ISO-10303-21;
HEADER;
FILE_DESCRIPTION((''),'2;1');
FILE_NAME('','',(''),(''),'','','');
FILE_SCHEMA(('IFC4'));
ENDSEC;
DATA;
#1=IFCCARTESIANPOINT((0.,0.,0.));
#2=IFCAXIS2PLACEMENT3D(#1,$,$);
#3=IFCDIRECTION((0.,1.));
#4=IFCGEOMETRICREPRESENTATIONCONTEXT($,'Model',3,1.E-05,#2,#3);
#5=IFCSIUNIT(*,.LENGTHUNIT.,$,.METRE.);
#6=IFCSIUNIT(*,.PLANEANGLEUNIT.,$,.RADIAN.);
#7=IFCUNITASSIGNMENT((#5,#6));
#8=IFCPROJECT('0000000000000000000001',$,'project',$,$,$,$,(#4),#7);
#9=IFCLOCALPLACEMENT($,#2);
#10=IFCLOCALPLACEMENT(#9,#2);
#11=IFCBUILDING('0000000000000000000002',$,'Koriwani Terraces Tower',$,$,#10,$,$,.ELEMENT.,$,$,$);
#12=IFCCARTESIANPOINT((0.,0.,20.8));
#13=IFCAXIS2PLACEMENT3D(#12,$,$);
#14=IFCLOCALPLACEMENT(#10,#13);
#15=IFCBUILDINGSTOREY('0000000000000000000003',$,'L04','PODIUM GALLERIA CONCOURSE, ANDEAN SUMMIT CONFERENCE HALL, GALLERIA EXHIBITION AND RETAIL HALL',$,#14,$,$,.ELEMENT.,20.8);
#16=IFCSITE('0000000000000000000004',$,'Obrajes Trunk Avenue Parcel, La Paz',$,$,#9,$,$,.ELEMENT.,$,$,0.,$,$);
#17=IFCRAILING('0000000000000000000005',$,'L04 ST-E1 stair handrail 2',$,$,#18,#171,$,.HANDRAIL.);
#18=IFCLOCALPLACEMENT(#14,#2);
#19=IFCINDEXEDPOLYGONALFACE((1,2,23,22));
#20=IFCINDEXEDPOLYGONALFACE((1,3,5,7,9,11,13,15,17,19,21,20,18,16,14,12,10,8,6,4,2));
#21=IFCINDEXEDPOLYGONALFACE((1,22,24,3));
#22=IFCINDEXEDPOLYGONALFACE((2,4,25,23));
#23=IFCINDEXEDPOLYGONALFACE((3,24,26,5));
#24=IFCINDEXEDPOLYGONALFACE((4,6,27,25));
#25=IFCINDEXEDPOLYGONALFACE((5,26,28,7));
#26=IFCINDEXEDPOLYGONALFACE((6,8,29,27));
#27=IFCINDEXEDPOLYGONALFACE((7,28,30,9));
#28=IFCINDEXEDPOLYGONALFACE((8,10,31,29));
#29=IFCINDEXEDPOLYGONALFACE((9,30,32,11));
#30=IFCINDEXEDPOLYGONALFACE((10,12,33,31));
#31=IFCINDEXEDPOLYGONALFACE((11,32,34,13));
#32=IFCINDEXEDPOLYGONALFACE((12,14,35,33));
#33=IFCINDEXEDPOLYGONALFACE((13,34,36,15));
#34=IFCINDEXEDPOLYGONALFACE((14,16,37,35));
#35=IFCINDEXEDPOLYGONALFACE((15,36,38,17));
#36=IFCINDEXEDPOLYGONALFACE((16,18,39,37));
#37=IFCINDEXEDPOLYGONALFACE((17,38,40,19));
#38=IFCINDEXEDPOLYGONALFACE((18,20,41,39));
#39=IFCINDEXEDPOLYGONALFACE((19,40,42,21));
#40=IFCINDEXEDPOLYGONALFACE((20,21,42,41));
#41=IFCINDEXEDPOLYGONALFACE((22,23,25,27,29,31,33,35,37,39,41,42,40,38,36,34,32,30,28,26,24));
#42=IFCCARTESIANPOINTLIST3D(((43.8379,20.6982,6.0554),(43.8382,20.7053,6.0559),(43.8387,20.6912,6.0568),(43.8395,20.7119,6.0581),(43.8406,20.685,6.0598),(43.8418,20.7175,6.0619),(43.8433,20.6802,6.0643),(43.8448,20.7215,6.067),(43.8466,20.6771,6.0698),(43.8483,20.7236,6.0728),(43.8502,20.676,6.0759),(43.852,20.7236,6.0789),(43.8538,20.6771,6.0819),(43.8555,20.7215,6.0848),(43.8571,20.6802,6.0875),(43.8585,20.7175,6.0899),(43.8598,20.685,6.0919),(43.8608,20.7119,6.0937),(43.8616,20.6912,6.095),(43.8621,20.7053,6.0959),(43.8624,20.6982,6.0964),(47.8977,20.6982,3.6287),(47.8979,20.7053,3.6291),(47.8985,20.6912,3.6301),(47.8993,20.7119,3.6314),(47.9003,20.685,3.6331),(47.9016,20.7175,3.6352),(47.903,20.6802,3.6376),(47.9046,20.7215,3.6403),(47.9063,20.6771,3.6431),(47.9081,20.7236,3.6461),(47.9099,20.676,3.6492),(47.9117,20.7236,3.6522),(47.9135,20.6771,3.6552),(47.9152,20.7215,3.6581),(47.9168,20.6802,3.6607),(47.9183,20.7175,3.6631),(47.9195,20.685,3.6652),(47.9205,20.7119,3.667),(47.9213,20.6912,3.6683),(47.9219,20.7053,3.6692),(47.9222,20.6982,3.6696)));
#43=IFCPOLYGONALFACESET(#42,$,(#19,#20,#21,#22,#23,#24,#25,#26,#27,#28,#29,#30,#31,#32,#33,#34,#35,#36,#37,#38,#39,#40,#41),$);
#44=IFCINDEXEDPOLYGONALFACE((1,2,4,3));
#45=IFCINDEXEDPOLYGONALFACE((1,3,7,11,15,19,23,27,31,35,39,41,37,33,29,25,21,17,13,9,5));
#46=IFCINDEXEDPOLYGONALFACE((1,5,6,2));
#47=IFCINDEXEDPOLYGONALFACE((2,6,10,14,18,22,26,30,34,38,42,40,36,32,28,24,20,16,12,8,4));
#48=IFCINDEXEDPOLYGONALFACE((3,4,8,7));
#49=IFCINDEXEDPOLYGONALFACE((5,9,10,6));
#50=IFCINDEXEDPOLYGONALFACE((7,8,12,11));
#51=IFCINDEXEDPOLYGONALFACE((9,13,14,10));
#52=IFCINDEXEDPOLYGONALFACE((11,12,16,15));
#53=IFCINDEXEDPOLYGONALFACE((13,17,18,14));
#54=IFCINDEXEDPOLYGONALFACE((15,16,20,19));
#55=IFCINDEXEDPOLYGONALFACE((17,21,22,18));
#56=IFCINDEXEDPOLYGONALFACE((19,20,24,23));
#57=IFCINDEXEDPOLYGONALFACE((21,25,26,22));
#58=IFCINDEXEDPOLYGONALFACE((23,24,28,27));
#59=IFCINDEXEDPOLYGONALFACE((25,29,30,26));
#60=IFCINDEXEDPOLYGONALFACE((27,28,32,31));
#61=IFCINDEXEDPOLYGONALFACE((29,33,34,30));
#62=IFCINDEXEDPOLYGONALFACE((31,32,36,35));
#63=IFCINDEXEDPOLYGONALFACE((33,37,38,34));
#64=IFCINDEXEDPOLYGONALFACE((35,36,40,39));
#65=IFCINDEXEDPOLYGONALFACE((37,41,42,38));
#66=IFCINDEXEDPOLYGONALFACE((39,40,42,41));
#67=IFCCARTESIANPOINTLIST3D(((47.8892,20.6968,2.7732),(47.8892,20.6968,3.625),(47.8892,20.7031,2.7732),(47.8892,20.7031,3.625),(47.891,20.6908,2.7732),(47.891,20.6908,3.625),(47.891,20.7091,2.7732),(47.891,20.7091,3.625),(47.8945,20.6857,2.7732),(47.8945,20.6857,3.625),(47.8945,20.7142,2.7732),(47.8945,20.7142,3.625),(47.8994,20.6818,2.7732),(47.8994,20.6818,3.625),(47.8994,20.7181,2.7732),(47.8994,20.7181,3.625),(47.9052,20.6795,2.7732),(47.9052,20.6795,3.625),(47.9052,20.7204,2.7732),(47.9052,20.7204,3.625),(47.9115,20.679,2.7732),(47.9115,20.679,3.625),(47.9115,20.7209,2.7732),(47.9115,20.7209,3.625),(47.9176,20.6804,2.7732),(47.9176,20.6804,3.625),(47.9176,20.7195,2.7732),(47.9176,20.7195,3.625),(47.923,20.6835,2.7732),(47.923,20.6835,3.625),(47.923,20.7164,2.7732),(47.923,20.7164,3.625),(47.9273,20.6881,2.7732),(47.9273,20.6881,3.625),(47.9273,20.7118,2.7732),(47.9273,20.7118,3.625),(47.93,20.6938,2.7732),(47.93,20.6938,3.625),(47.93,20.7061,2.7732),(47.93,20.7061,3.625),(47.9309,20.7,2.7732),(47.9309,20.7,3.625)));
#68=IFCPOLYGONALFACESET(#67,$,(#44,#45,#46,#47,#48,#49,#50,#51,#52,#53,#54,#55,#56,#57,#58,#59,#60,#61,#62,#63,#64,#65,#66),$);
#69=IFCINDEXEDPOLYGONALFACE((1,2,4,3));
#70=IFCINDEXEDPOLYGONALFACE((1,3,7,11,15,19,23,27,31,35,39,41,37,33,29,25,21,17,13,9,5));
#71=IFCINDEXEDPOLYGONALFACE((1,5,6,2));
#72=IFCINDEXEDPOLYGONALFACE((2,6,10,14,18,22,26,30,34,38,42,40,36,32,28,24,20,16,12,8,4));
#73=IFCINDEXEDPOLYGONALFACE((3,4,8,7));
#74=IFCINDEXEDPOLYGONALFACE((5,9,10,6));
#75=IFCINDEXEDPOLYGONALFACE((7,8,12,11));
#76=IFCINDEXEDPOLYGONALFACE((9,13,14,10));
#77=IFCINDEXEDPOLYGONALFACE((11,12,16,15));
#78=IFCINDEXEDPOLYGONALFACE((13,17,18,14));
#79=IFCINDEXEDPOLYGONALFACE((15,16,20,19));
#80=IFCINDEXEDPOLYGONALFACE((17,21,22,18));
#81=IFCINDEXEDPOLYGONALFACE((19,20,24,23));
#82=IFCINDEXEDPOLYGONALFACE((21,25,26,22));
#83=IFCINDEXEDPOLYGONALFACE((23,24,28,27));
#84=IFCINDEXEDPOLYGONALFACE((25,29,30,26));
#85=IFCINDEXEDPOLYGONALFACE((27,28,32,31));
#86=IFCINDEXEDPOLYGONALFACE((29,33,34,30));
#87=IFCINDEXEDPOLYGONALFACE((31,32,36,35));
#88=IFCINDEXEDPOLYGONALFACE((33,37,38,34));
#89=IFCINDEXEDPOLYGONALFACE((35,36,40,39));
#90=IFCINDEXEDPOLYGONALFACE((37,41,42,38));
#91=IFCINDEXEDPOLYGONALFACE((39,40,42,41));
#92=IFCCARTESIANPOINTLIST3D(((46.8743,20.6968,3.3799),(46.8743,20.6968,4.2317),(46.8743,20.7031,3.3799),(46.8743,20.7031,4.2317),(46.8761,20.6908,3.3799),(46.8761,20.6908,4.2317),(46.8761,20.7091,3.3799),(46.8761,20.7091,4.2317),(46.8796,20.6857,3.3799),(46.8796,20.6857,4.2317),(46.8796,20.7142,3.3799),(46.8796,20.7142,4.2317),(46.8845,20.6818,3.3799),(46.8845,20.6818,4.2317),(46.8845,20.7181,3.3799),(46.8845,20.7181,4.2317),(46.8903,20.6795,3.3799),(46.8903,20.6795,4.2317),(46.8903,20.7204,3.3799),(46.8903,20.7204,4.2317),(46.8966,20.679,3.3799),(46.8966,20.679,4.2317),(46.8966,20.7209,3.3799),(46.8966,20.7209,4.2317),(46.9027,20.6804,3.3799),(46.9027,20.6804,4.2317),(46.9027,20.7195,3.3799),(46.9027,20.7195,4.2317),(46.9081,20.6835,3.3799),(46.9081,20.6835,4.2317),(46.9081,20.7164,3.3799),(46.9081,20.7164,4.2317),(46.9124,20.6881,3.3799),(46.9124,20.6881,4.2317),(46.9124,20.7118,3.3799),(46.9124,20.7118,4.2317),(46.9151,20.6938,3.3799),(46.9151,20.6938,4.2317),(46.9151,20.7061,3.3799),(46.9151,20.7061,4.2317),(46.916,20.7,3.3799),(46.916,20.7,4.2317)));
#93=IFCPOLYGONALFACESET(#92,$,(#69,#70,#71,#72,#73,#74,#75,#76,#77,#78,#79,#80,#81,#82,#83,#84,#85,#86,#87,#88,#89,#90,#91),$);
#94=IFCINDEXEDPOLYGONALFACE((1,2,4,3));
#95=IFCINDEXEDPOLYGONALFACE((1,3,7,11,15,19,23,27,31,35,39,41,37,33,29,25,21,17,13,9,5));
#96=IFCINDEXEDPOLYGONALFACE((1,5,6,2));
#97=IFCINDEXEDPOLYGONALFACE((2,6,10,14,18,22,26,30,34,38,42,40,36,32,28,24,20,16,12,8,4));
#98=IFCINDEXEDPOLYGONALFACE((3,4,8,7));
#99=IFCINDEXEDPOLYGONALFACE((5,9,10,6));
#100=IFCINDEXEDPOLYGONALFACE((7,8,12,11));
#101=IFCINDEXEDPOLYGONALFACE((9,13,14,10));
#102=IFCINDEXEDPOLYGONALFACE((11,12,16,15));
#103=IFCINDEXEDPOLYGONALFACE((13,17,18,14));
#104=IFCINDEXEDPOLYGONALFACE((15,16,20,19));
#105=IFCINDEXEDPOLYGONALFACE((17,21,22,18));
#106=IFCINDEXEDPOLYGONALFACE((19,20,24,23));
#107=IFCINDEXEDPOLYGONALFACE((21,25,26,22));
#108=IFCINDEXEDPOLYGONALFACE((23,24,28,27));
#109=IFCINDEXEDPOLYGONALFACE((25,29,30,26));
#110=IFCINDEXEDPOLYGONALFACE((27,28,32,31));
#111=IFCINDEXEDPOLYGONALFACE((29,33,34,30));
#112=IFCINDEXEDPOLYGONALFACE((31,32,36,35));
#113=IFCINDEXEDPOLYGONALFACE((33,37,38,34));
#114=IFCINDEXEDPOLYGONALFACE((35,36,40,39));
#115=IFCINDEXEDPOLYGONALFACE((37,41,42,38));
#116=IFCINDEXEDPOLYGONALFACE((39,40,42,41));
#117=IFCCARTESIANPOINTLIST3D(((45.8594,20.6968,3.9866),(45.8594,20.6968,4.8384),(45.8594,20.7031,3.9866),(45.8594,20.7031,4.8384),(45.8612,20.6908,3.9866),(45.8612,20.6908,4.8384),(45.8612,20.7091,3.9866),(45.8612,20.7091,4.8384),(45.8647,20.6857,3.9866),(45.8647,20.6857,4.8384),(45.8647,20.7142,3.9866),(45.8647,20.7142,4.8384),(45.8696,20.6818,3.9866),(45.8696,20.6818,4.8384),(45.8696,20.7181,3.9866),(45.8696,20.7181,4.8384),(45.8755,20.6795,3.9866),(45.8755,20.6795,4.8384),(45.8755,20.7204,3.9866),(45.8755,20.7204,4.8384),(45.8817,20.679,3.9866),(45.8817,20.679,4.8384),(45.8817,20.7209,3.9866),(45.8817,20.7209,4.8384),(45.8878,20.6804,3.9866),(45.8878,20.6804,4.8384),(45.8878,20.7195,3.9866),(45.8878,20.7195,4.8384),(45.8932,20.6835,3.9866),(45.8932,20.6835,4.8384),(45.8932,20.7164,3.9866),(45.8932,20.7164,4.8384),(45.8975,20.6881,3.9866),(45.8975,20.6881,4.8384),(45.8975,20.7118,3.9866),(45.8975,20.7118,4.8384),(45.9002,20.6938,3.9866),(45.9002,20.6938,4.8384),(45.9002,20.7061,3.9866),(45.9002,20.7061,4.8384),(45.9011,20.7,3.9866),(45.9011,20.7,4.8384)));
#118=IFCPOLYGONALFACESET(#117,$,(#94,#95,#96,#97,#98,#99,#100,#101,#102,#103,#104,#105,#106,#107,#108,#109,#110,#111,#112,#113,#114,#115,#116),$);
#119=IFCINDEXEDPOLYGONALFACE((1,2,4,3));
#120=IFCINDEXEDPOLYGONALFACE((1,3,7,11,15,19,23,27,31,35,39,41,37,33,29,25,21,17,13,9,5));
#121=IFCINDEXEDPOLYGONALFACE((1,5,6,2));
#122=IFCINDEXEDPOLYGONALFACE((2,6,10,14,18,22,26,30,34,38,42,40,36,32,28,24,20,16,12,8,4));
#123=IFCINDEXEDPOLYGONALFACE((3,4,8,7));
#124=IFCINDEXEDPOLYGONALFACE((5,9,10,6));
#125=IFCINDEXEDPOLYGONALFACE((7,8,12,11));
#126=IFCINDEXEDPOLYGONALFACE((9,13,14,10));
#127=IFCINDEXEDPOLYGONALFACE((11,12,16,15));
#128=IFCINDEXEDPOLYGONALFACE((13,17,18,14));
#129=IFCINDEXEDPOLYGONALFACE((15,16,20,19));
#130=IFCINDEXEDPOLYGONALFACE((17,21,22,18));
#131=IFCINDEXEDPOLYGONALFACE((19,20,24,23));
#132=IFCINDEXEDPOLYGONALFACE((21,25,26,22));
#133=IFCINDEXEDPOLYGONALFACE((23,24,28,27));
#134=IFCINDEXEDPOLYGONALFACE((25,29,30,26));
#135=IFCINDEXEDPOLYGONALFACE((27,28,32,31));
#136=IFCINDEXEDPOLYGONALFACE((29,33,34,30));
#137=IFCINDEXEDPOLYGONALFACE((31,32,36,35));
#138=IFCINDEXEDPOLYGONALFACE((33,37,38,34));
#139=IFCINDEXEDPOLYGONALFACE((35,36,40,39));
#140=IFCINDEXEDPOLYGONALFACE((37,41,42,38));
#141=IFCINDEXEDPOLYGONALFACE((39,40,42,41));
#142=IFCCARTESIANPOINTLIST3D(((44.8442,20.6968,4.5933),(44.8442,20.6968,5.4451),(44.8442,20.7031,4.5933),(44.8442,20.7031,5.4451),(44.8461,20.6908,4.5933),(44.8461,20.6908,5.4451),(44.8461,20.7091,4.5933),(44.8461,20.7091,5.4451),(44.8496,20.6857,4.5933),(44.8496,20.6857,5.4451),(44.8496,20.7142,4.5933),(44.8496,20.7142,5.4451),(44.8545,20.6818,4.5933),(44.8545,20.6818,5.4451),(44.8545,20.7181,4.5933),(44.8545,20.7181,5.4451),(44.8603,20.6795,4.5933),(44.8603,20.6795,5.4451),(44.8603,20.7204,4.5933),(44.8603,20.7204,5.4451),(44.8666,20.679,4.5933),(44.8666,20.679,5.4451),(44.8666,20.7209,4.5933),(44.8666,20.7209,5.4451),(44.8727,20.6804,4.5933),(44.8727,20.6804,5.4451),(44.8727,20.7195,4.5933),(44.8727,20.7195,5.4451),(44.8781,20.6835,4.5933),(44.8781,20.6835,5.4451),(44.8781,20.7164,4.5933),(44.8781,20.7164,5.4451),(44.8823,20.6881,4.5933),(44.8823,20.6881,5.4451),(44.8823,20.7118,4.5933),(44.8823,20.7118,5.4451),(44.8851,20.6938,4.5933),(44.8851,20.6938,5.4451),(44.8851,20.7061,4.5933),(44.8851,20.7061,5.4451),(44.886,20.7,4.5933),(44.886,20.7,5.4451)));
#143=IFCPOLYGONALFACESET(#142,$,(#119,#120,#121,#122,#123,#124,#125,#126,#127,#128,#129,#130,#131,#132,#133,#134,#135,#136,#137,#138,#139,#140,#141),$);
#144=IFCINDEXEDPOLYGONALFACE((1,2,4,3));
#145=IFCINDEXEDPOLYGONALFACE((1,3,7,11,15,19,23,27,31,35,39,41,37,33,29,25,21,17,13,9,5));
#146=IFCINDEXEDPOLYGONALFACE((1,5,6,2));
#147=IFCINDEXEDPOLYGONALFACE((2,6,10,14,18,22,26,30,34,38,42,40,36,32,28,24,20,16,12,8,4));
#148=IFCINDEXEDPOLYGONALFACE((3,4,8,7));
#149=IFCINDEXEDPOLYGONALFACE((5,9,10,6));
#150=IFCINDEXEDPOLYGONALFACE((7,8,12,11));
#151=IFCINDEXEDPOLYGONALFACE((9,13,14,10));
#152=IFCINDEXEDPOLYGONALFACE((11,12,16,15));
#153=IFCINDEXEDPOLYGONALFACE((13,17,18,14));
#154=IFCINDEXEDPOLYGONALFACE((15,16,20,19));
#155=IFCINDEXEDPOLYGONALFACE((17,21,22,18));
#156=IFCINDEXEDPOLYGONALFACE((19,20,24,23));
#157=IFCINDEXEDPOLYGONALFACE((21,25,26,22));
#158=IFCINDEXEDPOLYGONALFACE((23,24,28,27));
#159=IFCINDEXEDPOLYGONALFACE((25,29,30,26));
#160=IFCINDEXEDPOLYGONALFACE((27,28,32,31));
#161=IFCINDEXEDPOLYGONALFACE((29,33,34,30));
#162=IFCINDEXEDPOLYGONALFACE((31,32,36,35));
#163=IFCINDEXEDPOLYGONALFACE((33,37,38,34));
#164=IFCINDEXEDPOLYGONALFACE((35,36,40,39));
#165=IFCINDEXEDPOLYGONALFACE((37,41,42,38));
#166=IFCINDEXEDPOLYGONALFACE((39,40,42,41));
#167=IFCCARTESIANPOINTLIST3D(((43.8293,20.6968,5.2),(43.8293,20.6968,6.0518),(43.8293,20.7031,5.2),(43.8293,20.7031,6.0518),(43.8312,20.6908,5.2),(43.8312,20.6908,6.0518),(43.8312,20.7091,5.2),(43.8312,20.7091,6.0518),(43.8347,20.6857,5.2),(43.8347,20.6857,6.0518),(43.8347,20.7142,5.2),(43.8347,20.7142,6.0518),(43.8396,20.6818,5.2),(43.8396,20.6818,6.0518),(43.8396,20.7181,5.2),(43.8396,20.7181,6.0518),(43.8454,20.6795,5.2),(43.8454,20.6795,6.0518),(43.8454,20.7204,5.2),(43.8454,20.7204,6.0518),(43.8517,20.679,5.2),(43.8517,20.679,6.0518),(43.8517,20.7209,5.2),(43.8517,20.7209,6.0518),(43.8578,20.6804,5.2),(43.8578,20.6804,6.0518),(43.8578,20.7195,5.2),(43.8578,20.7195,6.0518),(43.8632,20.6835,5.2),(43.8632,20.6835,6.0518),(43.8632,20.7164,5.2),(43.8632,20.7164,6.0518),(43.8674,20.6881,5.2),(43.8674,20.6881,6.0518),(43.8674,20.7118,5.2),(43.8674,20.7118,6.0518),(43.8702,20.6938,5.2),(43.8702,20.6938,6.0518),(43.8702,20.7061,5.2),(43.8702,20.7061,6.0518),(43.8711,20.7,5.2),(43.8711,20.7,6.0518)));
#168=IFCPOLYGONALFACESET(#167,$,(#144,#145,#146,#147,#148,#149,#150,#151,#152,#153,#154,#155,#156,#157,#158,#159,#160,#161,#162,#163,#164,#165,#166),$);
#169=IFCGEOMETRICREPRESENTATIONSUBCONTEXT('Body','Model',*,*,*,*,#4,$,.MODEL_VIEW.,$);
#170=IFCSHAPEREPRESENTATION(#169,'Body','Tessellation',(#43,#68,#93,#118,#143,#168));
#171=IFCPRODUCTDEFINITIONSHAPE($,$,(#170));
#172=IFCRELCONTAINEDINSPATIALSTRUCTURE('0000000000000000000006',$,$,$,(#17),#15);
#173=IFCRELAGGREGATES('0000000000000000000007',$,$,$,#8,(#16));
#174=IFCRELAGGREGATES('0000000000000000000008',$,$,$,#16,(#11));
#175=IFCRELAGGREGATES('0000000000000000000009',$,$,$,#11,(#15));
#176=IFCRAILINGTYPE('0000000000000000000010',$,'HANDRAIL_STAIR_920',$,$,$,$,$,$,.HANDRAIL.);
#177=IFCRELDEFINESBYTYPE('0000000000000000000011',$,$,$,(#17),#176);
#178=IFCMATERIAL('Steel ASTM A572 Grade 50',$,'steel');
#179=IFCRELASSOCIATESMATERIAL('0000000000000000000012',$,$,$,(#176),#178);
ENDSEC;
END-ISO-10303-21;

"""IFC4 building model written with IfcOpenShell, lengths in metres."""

from ifc_helpers import new_model, si_unit, direction, frame, origin, origin_2d, place, context, subcontext, project, spatial, circle, extrude, material, type_object, element, save


model = new_model("IFC4")

# Units and contexts
model_context = context("Model", 3, precision=1e-05, world=origin(), true_north=direction((0.0, 1.0)))
body_context = subcontext(model_context, "Body", "Model", "MODEL_VIEW")
ifc_project = project(units=[si_unit("LENGTHUNIT", "METRE"), si_unit("PLANEANGLEUNIT", "RADIAN")], contexts=[model_context])

# Site, building, storey
site_placement = place(None, origin())
site = spatial("IfcSite", under=ifc_project, at=site_placement, Name="Obrajes Trunk Avenue Parcel, La Paz", CompositionType="ELEMENT", RefElevation=0.0)
building_placement = place(site_placement, origin())
building = spatial("IfcBuilding", under=site, at=building_placement, Name="Koriwani Terraces Tower", CompositionType="ELEMENT")
storey_placement = place(building_placement, frame((0.0, 0.0, 20.8)))
storey = spatial("IfcBuildingStorey", under=building, at=storey_placement, Name="L04", Description="PODIUM GALLERIA CONCOURSE, ANDEAN SUMMIT CONFERENCE HALL, GALLERIA EXHIBITION AND RETAIL HALL", CompositionType="ELEMENT", Elevation=20.8)

# Shared definitions
ifc_material_1 = material(Name="Steel ASTM A572 Grade 50", Category="steel")

# Railing
railing_type_1 = type_object("IfcRailingType", Name="HANDRAIL_STAIR_920", PredefinedType="HANDRAIL", material=ifc_material_1)
railing_1_placement = place(storey_placement, frame((47.9099, 20.7, 2.7732)))
element("IfcRailing", 1, at=railing_1_placement, inside=storey, type_object=railing_type_1, Name="L04 ST-E1 stair handrail 2", PredefinedType="HANDRAIL", context=body_context, shape_type="SweptSolid", body=[
    extrude(circle(Radius=0.0239, at=origin_2d()), frame((0.0, 0.0, 0.876), z_axis=(-0.858343, 0.0, 0.513076), x_axis=(0.0, -1.0, 0.0)), (0.0, 0.0, 1.0), 4.7297),
    extrude(circle(Radius=0.021, at=origin_2d()), origin(), (0.0, 0.0, 1.0), 0.8518),
    extrude(circle(Radius=0.021, at=origin_2d()), frame((-1.0149, 0.0, 0.6067)), (0.0, 0.0, 1.0), 0.8518),
    extrude(circle(Radius=0.021, at=origin_2d()), frame((-2.0298, 0.0, 1.2134)), (0.0, 0.0, 1.0), 0.8518),
    extrude(circle(Radius=0.021, at=origin_2d()), frame((-3.0449, 0.0, 1.8201)), (0.0, 0.0, 1.0), 0.8518),
    extrude(circle(Radius=0.021, at=origin_2d()), frame((-4.0598, 0.0, 2.4268)), (0.0, 0.0, 1.0), 0.8518),
])

save(model, "model.ifc")
